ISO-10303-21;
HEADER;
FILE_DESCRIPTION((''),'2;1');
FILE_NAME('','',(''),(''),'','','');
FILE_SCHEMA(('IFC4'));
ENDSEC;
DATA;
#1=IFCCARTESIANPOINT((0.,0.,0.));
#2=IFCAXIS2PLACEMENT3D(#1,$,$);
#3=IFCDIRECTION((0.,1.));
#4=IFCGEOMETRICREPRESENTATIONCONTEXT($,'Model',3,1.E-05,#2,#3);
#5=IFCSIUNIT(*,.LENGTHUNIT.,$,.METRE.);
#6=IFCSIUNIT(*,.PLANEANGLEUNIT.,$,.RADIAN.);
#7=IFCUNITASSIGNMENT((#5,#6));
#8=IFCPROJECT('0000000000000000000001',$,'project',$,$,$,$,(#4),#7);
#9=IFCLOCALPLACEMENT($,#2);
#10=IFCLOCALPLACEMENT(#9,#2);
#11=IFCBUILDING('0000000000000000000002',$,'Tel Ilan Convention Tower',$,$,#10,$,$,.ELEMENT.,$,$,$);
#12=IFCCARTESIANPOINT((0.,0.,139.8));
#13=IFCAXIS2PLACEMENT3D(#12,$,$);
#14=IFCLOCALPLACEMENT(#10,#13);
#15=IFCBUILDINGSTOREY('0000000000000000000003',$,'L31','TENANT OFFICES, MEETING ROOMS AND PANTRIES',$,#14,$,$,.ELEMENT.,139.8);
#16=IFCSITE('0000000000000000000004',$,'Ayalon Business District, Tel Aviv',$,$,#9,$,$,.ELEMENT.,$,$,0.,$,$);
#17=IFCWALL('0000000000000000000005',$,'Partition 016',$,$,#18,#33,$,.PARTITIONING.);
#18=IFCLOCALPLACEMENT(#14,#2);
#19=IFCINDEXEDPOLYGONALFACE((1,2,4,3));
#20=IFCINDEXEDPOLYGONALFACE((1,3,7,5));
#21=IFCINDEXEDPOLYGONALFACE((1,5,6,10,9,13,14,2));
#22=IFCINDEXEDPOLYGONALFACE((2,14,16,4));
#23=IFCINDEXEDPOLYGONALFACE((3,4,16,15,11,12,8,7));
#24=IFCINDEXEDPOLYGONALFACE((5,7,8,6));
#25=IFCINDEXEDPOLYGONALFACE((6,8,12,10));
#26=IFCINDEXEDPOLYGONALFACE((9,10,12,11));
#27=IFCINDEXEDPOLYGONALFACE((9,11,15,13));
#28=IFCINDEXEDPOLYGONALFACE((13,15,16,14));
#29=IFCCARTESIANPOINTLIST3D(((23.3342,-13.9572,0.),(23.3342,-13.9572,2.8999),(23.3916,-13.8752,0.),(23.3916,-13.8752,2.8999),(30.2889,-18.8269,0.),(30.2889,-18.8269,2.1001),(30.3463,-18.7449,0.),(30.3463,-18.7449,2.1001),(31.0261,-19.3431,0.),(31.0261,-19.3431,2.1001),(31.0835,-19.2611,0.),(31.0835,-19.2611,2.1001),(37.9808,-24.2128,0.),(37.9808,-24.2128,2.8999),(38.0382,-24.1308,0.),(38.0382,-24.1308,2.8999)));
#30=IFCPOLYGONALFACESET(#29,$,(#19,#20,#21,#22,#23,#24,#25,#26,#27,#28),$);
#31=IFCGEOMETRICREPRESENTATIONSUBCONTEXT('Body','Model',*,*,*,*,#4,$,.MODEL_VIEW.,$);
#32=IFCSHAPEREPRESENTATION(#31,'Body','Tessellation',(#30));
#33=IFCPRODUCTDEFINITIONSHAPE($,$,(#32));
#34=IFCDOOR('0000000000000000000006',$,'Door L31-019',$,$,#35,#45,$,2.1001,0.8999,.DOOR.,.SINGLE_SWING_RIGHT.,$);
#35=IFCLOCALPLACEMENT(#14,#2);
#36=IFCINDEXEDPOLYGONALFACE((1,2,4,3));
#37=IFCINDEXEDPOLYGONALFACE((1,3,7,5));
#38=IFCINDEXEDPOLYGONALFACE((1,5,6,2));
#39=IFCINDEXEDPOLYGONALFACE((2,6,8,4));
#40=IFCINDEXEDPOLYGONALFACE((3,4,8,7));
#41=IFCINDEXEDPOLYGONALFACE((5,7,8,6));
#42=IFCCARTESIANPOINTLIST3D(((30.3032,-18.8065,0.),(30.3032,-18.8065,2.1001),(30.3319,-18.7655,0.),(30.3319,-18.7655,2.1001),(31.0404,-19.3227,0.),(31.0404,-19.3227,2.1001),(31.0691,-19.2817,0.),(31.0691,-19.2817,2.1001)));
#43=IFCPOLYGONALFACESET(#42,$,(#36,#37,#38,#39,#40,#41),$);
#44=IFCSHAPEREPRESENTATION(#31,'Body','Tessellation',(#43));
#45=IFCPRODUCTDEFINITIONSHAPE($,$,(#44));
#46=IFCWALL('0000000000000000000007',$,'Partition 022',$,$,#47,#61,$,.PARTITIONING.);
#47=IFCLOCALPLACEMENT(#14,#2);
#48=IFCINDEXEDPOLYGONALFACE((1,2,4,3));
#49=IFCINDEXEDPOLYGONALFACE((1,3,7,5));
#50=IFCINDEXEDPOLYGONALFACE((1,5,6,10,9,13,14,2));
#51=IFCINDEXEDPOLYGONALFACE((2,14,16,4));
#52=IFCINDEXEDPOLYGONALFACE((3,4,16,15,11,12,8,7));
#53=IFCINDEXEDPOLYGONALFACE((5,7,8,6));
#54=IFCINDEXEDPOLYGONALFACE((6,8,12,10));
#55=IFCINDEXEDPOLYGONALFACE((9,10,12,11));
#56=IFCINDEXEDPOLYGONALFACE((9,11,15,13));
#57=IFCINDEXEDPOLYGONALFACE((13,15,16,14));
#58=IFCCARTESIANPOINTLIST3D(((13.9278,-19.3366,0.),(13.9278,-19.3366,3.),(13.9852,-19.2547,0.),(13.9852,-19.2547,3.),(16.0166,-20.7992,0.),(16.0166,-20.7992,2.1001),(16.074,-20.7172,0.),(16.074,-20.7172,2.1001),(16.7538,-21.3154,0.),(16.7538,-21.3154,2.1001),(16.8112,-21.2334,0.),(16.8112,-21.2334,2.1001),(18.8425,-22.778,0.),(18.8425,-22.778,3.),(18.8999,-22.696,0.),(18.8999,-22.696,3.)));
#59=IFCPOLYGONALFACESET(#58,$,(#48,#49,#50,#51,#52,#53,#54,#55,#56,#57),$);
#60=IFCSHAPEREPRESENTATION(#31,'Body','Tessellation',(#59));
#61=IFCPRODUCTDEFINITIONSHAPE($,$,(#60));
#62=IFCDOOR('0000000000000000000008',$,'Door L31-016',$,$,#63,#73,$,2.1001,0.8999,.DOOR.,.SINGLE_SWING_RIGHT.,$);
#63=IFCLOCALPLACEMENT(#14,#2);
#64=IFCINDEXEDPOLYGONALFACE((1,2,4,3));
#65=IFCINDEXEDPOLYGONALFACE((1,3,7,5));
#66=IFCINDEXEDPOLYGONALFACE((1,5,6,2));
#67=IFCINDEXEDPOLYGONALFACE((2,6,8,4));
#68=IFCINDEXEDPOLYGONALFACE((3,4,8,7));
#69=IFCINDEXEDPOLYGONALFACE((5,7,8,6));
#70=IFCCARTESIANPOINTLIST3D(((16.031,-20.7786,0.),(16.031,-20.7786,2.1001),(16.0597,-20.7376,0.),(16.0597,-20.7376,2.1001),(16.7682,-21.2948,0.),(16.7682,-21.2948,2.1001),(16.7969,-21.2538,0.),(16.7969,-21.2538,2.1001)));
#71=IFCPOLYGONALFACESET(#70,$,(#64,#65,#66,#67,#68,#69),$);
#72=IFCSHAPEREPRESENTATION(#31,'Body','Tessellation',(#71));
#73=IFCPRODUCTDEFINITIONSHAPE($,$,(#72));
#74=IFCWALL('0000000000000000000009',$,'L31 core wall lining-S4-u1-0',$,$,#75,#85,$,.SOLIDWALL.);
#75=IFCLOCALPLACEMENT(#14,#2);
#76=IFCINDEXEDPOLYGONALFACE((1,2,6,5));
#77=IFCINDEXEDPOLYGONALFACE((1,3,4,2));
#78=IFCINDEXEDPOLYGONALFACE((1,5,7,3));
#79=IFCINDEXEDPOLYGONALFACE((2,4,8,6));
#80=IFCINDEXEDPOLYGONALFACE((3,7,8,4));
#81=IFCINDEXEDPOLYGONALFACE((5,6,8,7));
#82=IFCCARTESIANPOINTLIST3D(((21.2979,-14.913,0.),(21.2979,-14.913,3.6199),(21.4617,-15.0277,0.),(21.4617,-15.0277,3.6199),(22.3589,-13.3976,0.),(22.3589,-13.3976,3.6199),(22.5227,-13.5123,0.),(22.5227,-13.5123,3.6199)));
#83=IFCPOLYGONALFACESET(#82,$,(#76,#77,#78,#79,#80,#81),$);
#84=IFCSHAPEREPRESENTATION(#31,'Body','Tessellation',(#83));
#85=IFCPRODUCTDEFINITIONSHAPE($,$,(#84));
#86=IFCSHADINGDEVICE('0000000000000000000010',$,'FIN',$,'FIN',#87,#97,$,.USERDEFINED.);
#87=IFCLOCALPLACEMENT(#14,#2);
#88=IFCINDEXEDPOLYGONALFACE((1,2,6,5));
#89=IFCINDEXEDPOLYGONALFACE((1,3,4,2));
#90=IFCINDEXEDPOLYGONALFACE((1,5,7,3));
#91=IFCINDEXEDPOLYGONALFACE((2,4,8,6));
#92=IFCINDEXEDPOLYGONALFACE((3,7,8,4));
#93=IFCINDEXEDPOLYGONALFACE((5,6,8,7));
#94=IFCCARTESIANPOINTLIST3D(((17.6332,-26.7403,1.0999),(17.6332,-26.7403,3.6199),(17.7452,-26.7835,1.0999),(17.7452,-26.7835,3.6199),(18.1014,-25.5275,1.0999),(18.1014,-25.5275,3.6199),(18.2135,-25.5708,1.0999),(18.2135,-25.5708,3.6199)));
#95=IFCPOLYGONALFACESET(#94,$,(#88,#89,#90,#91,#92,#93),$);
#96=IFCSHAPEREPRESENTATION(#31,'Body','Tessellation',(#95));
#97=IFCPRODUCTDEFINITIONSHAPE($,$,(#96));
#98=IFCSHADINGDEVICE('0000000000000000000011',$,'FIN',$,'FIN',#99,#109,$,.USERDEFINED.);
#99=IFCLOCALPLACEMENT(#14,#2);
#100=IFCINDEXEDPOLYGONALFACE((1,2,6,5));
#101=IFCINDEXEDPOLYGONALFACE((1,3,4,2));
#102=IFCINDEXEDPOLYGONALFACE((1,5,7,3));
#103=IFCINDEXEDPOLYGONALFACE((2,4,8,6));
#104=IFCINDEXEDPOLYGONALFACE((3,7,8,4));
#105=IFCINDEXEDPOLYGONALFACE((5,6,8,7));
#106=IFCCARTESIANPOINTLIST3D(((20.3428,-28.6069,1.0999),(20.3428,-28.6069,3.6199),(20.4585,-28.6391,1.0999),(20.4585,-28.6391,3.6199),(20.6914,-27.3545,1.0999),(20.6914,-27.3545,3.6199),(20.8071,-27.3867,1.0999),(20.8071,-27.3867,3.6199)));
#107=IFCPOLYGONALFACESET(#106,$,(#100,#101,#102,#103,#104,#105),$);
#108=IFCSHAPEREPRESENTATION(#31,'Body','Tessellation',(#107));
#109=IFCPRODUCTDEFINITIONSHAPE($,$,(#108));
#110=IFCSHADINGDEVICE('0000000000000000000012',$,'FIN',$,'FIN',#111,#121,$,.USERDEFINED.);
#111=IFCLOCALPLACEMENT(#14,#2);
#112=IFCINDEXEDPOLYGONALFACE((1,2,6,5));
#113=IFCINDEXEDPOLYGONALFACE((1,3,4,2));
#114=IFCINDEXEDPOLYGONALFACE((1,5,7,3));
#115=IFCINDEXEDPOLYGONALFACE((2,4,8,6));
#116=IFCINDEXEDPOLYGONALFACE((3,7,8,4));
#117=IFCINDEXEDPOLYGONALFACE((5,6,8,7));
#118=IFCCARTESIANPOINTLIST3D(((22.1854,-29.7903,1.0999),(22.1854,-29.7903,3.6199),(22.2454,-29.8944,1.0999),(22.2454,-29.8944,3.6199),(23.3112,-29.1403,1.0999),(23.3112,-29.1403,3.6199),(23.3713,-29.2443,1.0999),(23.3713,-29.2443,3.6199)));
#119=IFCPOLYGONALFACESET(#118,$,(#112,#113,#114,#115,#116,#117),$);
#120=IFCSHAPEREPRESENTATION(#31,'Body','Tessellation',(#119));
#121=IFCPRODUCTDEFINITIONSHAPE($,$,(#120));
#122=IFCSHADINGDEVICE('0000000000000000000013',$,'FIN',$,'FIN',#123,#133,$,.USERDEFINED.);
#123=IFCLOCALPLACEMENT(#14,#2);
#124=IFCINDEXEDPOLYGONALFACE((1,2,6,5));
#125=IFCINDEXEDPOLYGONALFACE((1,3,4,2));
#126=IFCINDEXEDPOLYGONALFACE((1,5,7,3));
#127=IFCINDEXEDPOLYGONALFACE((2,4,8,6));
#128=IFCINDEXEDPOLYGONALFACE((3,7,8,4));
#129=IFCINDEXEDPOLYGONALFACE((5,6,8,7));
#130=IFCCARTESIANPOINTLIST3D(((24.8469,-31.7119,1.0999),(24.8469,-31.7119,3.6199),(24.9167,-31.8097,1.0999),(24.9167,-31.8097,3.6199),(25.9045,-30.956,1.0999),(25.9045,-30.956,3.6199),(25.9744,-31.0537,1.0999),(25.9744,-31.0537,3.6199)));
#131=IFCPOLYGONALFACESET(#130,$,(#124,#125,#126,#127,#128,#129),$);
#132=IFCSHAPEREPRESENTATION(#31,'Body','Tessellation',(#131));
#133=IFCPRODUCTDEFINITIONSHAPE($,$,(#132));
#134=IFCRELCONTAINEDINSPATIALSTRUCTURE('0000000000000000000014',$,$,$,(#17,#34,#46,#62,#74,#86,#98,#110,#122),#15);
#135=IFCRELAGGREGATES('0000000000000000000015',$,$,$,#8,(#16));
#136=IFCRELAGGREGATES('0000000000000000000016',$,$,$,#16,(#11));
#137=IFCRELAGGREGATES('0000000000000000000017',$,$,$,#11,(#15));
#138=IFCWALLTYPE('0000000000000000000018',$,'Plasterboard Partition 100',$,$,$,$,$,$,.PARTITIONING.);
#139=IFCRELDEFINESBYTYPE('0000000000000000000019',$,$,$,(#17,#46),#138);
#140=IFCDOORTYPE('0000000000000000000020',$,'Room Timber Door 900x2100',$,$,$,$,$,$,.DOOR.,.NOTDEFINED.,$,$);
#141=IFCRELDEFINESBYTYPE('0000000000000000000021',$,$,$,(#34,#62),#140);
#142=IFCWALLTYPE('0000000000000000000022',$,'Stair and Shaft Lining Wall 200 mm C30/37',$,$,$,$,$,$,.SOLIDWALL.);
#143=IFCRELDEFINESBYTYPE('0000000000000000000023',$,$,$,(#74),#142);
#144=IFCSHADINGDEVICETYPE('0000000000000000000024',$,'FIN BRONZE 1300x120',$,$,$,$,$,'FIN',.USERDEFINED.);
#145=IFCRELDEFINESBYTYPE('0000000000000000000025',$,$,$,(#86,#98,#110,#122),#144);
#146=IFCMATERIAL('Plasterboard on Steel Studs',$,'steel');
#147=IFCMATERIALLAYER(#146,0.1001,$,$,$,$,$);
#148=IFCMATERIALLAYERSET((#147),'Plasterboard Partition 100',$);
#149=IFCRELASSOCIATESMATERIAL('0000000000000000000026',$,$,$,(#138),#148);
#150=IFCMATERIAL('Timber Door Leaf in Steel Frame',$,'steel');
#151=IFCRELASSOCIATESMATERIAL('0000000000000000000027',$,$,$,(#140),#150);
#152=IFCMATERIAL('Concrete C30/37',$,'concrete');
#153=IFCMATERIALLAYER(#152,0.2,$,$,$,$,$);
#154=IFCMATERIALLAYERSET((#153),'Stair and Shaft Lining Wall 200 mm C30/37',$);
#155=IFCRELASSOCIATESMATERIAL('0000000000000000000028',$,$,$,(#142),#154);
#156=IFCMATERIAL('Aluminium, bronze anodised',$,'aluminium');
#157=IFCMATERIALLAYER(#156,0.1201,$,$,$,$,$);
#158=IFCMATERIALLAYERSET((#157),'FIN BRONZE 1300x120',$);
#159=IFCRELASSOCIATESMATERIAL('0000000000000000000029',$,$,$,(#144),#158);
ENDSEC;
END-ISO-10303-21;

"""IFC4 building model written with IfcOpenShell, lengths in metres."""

from ifc_helpers import new_model, si_unit, direction, frame, frame_2d, origin, origin_2d, place, context, subcontext, project, spatial, rectangle, extrude, material, layer, layer_set, type_object, element, fill, save


model = new_model("IFC4")

# Units and contexts
model_context = context("Model", 3, precision=1e-05, world=origin(), true_north=direction((0.0, 1.0)))
body_context = subcontext(model_context, "Body", "Model", "MODEL_VIEW")
ifc_project = project(units=[si_unit("LENGTHUNIT", "METRE"), si_unit("PLANEANGLEUNIT", "RADIAN")], contexts=[model_context])

# Site, building, storey
site_placement = place(None, origin())
site = spatial("IfcSite", under=ifc_project, at=site_placement, Name="Ayalon Business District, Tel Aviv", CompositionType="ELEMENT", RefElevation=0.0)
building_placement = place(site_placement, origin())
building = spatial("IfcBuilding", under=site, at=building_placement, Name="Tel Ilan Convention Tower", CompositionType="ELEMENT")
storey_placement = place(building_placement, frame((0.0, 0.0, 139.8)))
storey = spatial("IfcBuildingStorey", under=building, at=storey_placement, Name="L31", Description="TENANT OFFICES, MEETING ROOMS AND PANTRIES", CompositionType="ELEMENT", Elevation=139.8)

# Walls, openings, doors
ifc_material_1 = material(Name="Plasterboard on Steel Studs", Category="steel")
ifc_layer_1 = layer(ifc_material_1, 0.1001)
ifc_layer_set_1 = layer_set([ifc_layer_1], Name="Plasterboard Partition 100")
wall_type_1 = type_object("IfcWallType", Name="Plasterboard Partition 100", PredefinedType="PARTITIONING", material=ifc_layer_set_1)
wall_1_placement = place(storey_placement, frame((23.363, -13.9163, 0.0), z_axis=(0.0, 0.0, 1.0), x_axis=(0.819151, -0.573578, 0.0)))
wall_1 = element("IfcWall", 1, at=wall_1_placement, inside=storey, type_object=wall_type_1, Name="Partition 016", PredefinedType="PARTITIONING", context=body_context, shape_type="SweptSolid", body=[
    extrude(rectangle(XDim=17.8801, YDim=0.1001, at=frame_2d((8.9399, 0.0))), origin(), (0.0, 0.0, 1.0), 2.8999),
])
opening_1_placement = place(wall_1_placement, frame((8.49, 0.0, 0.0)))
opening_1 = element("IfcOpeningElement", 2, at=opening_1_placement, cuts=wall_1, PredefinedType="OPENING", context=body_context, shape_type="SweptSolid", body=[
    extrude(rectangle(XDim=0.8999, YDim=2.1001, at=frame_2d((0.45, 1.05))), frame((0.0, 0.0601, 0.0), z_axis=(0.0, -1.0, 0.0), x_axis=(1.0, 0.0, 0.0)), (0.0, 0.0, 1.0), 0.1201),
])
ifc_material_2 = material(Name="Timber Door Leaf in Steel Frame", Category="steel")
door_type_1 = type_object("IfcDoorType", Name="Room Timber Door 900x2100", OperationType="NOTDEFINED", PredefinedType="DOOR", material=ifc_material_2)
door_1_placement = place(opening_1_placement, origin())
door_1 = element("IfcDoor", 3, at=door_1_placement, inside=storey, type_object=door_type_1, Name="Door L31-019", OperationType="SINGLE_SWING_RIGHT", OverallHeight=2.1001, OverallWidth=0.8999, PredefinedType="DOOR", context=body_context, shape_type="SweptSolid", body=[
    extrude(rectangle(XDim=0.8999, YDim=2.1001, at=frame_2d((0.45, 1.05))), frame((0.0, 0.0249, 0.0), z_axis=(0.0, -1.0, 0.0), x_axis=(1.0, 0.0, 0.0)), (0.0, 0.0, 1.0), 0.05),
])
fill(opening_1, door_1)
wall_2_placement = place(storey_placement, frame((18.8713, -22.7371, 0.0), z_axis=(0.0, 0.0, 1.0), x_axis=(-0.81915, 0.57358, 0.0)))
wall_2 = element("IfcWall", 4, at=wall_2_placement, inside=storey, type_object=wall_type_1, Name="Partition 022", PredefinedType="PARTITIONING", context=body_context, shape_type="SweptSolid", body=[
    extrude(rectangle(XDim=5.9998, YDim=0.1001, at=frame_2d((3.0, 0.0))), origin(), (0.0, 0.0, 1.0), 3.0),
])
opening_2_placement = place(wall_2_placement, frame((2.55, 0.0, 0.0)))
opening_2 = element("IfcOpeningElement", 5, at=opening_2_placement, cuts=wall_2, PredefinedType="OPENING", context=body_context, shape_type="SweptSolid", body=[
    extrude(rectangle(XDim=0.8999, YDim=2.1001, at=frame_2d((0.45, 1.05))), frame((0.0, 0.0601, 0.0), z_axis=(0.0, -1.0, 0.0), x_axis=(1.0, 0.0, 0.0)), (0.0, 0.0, 1.0), 0.1201),
])
door_2_placement = place(opening_2_placement, origin())
door_2 = element("IfcDoor", 6, at=door_2_placement, inside=storey, type_object=door_type_1, Name="Door L31-016", OperationType="SINGLE_SWING_RIGHT", OverallHeight=2.1001, OverallWidth=0.8999, PredefinedType="DOOR", context=body_context, shape_type="SweptSolid", body=[
    extrude(rectangle(XDim=0.8999, YDim=2.1001, at=frame_2d((0.45, 1.05))), frame((0.0, 0.0249, 0.0), z_axis=(0.0, -1.0, 0.0), x_axis=(1.0, 0.0, 0.0)), (0.0, 0.0, 1.0), 0.05),
])
fill(opening_2, door_2)

# Wall
ifc_material_3 = material(Name="Concrete C30/37", Category="concrete")
ifc_layer_2 = layer(ifc_material_3, 0.2)
ifc_layer_set_2 = layer_set([ifc_layer_2], Name="Stair and Shaft Lining Wall 200 mm C30/37")
wall_type_2 = type_object("IfcWallType", Name="Stair and Shaft Lining Wall 200 mm C30/37", PredefinedType="SOLIDWALL", material=ifc_layer_set_2)
wall_3_placement = place(storey_placement, frame((21.3799, -14.9702, 0.0), z_axis=(0.0, 0.0, 1.0), x_axis=(0.57356, 0.819164, 0.0)))
element("IfcWall", 7, at=wall_3_placement, inside=storey, type_object=wall_type_2, Name="L31 core wall lining-S4-u1-0", PredefinedType="SOLIDWALL", context=body_context, shape_type="SweptSolid", body=[
    extrude(rectangle(XDim=1.8499, YDim=0.2, at=frame_2d((0.9248, 0.0))), origin(), (0.0, 0.0, 1.0), 3.6199),
])

# Shading devices
ifc_material_4 = material(Name="Aluminium, bronze anodised", Category="aluminium")
ifc_layer_3 = layer(ifc_material_4, 0.1201)
ifc_layer_set_3 = layer_set([ifc_layer_3], Name="FIN BRONZE 1300x120")
shading_device_type = type_object("IfcShadingDeviceType", Name="FIN BRONZE 1300x120", ElementType="FIN", PredefinedType="USERDEFINED", material=ifc_layer_set_3)
for number, where, z_axis, x_axis, name in (
    (8, (17.9233, -26.1555, 1.0999), (0.0, 0.0, 1.0), (-0.360178, -0.932884, 0.0), "FIN"),
    (9, (20.575, -27.9968, 1.0999), (0.0, 0.0, 1.0), (-0.268173, -0.963371, 0.0), "FIN"),
    (10, (22.7783, -29.5173, 1.0999), (0.0, 0.0, 1.0), (-0.866025, -0.5, 0.0), "FIN"),
    (11, (25.4106, -31.3828, 1.0999), (0.0, 0.0, 1.0), (-0.813552, -0.581492, 0.0), "FIN"),
):
    element("IfcShadingDevice", number, at=place(storey_placement, frame(where, z_axis=z_axis, x_axis=x_axis)), inside=storey, type_object=shading_device_type, Name=name, ObjectType="FIN", PredefinedType="USERDEFINED", context=body_context, shape_type="SweptSolid", body=[
        extrude(rectangle(XDim=1.3, YDim=0.1201, at=origin_2d()), origin(), (0.0, 0.0, 1.0), 2.52),
    ])

save(model, "model.ifc")
